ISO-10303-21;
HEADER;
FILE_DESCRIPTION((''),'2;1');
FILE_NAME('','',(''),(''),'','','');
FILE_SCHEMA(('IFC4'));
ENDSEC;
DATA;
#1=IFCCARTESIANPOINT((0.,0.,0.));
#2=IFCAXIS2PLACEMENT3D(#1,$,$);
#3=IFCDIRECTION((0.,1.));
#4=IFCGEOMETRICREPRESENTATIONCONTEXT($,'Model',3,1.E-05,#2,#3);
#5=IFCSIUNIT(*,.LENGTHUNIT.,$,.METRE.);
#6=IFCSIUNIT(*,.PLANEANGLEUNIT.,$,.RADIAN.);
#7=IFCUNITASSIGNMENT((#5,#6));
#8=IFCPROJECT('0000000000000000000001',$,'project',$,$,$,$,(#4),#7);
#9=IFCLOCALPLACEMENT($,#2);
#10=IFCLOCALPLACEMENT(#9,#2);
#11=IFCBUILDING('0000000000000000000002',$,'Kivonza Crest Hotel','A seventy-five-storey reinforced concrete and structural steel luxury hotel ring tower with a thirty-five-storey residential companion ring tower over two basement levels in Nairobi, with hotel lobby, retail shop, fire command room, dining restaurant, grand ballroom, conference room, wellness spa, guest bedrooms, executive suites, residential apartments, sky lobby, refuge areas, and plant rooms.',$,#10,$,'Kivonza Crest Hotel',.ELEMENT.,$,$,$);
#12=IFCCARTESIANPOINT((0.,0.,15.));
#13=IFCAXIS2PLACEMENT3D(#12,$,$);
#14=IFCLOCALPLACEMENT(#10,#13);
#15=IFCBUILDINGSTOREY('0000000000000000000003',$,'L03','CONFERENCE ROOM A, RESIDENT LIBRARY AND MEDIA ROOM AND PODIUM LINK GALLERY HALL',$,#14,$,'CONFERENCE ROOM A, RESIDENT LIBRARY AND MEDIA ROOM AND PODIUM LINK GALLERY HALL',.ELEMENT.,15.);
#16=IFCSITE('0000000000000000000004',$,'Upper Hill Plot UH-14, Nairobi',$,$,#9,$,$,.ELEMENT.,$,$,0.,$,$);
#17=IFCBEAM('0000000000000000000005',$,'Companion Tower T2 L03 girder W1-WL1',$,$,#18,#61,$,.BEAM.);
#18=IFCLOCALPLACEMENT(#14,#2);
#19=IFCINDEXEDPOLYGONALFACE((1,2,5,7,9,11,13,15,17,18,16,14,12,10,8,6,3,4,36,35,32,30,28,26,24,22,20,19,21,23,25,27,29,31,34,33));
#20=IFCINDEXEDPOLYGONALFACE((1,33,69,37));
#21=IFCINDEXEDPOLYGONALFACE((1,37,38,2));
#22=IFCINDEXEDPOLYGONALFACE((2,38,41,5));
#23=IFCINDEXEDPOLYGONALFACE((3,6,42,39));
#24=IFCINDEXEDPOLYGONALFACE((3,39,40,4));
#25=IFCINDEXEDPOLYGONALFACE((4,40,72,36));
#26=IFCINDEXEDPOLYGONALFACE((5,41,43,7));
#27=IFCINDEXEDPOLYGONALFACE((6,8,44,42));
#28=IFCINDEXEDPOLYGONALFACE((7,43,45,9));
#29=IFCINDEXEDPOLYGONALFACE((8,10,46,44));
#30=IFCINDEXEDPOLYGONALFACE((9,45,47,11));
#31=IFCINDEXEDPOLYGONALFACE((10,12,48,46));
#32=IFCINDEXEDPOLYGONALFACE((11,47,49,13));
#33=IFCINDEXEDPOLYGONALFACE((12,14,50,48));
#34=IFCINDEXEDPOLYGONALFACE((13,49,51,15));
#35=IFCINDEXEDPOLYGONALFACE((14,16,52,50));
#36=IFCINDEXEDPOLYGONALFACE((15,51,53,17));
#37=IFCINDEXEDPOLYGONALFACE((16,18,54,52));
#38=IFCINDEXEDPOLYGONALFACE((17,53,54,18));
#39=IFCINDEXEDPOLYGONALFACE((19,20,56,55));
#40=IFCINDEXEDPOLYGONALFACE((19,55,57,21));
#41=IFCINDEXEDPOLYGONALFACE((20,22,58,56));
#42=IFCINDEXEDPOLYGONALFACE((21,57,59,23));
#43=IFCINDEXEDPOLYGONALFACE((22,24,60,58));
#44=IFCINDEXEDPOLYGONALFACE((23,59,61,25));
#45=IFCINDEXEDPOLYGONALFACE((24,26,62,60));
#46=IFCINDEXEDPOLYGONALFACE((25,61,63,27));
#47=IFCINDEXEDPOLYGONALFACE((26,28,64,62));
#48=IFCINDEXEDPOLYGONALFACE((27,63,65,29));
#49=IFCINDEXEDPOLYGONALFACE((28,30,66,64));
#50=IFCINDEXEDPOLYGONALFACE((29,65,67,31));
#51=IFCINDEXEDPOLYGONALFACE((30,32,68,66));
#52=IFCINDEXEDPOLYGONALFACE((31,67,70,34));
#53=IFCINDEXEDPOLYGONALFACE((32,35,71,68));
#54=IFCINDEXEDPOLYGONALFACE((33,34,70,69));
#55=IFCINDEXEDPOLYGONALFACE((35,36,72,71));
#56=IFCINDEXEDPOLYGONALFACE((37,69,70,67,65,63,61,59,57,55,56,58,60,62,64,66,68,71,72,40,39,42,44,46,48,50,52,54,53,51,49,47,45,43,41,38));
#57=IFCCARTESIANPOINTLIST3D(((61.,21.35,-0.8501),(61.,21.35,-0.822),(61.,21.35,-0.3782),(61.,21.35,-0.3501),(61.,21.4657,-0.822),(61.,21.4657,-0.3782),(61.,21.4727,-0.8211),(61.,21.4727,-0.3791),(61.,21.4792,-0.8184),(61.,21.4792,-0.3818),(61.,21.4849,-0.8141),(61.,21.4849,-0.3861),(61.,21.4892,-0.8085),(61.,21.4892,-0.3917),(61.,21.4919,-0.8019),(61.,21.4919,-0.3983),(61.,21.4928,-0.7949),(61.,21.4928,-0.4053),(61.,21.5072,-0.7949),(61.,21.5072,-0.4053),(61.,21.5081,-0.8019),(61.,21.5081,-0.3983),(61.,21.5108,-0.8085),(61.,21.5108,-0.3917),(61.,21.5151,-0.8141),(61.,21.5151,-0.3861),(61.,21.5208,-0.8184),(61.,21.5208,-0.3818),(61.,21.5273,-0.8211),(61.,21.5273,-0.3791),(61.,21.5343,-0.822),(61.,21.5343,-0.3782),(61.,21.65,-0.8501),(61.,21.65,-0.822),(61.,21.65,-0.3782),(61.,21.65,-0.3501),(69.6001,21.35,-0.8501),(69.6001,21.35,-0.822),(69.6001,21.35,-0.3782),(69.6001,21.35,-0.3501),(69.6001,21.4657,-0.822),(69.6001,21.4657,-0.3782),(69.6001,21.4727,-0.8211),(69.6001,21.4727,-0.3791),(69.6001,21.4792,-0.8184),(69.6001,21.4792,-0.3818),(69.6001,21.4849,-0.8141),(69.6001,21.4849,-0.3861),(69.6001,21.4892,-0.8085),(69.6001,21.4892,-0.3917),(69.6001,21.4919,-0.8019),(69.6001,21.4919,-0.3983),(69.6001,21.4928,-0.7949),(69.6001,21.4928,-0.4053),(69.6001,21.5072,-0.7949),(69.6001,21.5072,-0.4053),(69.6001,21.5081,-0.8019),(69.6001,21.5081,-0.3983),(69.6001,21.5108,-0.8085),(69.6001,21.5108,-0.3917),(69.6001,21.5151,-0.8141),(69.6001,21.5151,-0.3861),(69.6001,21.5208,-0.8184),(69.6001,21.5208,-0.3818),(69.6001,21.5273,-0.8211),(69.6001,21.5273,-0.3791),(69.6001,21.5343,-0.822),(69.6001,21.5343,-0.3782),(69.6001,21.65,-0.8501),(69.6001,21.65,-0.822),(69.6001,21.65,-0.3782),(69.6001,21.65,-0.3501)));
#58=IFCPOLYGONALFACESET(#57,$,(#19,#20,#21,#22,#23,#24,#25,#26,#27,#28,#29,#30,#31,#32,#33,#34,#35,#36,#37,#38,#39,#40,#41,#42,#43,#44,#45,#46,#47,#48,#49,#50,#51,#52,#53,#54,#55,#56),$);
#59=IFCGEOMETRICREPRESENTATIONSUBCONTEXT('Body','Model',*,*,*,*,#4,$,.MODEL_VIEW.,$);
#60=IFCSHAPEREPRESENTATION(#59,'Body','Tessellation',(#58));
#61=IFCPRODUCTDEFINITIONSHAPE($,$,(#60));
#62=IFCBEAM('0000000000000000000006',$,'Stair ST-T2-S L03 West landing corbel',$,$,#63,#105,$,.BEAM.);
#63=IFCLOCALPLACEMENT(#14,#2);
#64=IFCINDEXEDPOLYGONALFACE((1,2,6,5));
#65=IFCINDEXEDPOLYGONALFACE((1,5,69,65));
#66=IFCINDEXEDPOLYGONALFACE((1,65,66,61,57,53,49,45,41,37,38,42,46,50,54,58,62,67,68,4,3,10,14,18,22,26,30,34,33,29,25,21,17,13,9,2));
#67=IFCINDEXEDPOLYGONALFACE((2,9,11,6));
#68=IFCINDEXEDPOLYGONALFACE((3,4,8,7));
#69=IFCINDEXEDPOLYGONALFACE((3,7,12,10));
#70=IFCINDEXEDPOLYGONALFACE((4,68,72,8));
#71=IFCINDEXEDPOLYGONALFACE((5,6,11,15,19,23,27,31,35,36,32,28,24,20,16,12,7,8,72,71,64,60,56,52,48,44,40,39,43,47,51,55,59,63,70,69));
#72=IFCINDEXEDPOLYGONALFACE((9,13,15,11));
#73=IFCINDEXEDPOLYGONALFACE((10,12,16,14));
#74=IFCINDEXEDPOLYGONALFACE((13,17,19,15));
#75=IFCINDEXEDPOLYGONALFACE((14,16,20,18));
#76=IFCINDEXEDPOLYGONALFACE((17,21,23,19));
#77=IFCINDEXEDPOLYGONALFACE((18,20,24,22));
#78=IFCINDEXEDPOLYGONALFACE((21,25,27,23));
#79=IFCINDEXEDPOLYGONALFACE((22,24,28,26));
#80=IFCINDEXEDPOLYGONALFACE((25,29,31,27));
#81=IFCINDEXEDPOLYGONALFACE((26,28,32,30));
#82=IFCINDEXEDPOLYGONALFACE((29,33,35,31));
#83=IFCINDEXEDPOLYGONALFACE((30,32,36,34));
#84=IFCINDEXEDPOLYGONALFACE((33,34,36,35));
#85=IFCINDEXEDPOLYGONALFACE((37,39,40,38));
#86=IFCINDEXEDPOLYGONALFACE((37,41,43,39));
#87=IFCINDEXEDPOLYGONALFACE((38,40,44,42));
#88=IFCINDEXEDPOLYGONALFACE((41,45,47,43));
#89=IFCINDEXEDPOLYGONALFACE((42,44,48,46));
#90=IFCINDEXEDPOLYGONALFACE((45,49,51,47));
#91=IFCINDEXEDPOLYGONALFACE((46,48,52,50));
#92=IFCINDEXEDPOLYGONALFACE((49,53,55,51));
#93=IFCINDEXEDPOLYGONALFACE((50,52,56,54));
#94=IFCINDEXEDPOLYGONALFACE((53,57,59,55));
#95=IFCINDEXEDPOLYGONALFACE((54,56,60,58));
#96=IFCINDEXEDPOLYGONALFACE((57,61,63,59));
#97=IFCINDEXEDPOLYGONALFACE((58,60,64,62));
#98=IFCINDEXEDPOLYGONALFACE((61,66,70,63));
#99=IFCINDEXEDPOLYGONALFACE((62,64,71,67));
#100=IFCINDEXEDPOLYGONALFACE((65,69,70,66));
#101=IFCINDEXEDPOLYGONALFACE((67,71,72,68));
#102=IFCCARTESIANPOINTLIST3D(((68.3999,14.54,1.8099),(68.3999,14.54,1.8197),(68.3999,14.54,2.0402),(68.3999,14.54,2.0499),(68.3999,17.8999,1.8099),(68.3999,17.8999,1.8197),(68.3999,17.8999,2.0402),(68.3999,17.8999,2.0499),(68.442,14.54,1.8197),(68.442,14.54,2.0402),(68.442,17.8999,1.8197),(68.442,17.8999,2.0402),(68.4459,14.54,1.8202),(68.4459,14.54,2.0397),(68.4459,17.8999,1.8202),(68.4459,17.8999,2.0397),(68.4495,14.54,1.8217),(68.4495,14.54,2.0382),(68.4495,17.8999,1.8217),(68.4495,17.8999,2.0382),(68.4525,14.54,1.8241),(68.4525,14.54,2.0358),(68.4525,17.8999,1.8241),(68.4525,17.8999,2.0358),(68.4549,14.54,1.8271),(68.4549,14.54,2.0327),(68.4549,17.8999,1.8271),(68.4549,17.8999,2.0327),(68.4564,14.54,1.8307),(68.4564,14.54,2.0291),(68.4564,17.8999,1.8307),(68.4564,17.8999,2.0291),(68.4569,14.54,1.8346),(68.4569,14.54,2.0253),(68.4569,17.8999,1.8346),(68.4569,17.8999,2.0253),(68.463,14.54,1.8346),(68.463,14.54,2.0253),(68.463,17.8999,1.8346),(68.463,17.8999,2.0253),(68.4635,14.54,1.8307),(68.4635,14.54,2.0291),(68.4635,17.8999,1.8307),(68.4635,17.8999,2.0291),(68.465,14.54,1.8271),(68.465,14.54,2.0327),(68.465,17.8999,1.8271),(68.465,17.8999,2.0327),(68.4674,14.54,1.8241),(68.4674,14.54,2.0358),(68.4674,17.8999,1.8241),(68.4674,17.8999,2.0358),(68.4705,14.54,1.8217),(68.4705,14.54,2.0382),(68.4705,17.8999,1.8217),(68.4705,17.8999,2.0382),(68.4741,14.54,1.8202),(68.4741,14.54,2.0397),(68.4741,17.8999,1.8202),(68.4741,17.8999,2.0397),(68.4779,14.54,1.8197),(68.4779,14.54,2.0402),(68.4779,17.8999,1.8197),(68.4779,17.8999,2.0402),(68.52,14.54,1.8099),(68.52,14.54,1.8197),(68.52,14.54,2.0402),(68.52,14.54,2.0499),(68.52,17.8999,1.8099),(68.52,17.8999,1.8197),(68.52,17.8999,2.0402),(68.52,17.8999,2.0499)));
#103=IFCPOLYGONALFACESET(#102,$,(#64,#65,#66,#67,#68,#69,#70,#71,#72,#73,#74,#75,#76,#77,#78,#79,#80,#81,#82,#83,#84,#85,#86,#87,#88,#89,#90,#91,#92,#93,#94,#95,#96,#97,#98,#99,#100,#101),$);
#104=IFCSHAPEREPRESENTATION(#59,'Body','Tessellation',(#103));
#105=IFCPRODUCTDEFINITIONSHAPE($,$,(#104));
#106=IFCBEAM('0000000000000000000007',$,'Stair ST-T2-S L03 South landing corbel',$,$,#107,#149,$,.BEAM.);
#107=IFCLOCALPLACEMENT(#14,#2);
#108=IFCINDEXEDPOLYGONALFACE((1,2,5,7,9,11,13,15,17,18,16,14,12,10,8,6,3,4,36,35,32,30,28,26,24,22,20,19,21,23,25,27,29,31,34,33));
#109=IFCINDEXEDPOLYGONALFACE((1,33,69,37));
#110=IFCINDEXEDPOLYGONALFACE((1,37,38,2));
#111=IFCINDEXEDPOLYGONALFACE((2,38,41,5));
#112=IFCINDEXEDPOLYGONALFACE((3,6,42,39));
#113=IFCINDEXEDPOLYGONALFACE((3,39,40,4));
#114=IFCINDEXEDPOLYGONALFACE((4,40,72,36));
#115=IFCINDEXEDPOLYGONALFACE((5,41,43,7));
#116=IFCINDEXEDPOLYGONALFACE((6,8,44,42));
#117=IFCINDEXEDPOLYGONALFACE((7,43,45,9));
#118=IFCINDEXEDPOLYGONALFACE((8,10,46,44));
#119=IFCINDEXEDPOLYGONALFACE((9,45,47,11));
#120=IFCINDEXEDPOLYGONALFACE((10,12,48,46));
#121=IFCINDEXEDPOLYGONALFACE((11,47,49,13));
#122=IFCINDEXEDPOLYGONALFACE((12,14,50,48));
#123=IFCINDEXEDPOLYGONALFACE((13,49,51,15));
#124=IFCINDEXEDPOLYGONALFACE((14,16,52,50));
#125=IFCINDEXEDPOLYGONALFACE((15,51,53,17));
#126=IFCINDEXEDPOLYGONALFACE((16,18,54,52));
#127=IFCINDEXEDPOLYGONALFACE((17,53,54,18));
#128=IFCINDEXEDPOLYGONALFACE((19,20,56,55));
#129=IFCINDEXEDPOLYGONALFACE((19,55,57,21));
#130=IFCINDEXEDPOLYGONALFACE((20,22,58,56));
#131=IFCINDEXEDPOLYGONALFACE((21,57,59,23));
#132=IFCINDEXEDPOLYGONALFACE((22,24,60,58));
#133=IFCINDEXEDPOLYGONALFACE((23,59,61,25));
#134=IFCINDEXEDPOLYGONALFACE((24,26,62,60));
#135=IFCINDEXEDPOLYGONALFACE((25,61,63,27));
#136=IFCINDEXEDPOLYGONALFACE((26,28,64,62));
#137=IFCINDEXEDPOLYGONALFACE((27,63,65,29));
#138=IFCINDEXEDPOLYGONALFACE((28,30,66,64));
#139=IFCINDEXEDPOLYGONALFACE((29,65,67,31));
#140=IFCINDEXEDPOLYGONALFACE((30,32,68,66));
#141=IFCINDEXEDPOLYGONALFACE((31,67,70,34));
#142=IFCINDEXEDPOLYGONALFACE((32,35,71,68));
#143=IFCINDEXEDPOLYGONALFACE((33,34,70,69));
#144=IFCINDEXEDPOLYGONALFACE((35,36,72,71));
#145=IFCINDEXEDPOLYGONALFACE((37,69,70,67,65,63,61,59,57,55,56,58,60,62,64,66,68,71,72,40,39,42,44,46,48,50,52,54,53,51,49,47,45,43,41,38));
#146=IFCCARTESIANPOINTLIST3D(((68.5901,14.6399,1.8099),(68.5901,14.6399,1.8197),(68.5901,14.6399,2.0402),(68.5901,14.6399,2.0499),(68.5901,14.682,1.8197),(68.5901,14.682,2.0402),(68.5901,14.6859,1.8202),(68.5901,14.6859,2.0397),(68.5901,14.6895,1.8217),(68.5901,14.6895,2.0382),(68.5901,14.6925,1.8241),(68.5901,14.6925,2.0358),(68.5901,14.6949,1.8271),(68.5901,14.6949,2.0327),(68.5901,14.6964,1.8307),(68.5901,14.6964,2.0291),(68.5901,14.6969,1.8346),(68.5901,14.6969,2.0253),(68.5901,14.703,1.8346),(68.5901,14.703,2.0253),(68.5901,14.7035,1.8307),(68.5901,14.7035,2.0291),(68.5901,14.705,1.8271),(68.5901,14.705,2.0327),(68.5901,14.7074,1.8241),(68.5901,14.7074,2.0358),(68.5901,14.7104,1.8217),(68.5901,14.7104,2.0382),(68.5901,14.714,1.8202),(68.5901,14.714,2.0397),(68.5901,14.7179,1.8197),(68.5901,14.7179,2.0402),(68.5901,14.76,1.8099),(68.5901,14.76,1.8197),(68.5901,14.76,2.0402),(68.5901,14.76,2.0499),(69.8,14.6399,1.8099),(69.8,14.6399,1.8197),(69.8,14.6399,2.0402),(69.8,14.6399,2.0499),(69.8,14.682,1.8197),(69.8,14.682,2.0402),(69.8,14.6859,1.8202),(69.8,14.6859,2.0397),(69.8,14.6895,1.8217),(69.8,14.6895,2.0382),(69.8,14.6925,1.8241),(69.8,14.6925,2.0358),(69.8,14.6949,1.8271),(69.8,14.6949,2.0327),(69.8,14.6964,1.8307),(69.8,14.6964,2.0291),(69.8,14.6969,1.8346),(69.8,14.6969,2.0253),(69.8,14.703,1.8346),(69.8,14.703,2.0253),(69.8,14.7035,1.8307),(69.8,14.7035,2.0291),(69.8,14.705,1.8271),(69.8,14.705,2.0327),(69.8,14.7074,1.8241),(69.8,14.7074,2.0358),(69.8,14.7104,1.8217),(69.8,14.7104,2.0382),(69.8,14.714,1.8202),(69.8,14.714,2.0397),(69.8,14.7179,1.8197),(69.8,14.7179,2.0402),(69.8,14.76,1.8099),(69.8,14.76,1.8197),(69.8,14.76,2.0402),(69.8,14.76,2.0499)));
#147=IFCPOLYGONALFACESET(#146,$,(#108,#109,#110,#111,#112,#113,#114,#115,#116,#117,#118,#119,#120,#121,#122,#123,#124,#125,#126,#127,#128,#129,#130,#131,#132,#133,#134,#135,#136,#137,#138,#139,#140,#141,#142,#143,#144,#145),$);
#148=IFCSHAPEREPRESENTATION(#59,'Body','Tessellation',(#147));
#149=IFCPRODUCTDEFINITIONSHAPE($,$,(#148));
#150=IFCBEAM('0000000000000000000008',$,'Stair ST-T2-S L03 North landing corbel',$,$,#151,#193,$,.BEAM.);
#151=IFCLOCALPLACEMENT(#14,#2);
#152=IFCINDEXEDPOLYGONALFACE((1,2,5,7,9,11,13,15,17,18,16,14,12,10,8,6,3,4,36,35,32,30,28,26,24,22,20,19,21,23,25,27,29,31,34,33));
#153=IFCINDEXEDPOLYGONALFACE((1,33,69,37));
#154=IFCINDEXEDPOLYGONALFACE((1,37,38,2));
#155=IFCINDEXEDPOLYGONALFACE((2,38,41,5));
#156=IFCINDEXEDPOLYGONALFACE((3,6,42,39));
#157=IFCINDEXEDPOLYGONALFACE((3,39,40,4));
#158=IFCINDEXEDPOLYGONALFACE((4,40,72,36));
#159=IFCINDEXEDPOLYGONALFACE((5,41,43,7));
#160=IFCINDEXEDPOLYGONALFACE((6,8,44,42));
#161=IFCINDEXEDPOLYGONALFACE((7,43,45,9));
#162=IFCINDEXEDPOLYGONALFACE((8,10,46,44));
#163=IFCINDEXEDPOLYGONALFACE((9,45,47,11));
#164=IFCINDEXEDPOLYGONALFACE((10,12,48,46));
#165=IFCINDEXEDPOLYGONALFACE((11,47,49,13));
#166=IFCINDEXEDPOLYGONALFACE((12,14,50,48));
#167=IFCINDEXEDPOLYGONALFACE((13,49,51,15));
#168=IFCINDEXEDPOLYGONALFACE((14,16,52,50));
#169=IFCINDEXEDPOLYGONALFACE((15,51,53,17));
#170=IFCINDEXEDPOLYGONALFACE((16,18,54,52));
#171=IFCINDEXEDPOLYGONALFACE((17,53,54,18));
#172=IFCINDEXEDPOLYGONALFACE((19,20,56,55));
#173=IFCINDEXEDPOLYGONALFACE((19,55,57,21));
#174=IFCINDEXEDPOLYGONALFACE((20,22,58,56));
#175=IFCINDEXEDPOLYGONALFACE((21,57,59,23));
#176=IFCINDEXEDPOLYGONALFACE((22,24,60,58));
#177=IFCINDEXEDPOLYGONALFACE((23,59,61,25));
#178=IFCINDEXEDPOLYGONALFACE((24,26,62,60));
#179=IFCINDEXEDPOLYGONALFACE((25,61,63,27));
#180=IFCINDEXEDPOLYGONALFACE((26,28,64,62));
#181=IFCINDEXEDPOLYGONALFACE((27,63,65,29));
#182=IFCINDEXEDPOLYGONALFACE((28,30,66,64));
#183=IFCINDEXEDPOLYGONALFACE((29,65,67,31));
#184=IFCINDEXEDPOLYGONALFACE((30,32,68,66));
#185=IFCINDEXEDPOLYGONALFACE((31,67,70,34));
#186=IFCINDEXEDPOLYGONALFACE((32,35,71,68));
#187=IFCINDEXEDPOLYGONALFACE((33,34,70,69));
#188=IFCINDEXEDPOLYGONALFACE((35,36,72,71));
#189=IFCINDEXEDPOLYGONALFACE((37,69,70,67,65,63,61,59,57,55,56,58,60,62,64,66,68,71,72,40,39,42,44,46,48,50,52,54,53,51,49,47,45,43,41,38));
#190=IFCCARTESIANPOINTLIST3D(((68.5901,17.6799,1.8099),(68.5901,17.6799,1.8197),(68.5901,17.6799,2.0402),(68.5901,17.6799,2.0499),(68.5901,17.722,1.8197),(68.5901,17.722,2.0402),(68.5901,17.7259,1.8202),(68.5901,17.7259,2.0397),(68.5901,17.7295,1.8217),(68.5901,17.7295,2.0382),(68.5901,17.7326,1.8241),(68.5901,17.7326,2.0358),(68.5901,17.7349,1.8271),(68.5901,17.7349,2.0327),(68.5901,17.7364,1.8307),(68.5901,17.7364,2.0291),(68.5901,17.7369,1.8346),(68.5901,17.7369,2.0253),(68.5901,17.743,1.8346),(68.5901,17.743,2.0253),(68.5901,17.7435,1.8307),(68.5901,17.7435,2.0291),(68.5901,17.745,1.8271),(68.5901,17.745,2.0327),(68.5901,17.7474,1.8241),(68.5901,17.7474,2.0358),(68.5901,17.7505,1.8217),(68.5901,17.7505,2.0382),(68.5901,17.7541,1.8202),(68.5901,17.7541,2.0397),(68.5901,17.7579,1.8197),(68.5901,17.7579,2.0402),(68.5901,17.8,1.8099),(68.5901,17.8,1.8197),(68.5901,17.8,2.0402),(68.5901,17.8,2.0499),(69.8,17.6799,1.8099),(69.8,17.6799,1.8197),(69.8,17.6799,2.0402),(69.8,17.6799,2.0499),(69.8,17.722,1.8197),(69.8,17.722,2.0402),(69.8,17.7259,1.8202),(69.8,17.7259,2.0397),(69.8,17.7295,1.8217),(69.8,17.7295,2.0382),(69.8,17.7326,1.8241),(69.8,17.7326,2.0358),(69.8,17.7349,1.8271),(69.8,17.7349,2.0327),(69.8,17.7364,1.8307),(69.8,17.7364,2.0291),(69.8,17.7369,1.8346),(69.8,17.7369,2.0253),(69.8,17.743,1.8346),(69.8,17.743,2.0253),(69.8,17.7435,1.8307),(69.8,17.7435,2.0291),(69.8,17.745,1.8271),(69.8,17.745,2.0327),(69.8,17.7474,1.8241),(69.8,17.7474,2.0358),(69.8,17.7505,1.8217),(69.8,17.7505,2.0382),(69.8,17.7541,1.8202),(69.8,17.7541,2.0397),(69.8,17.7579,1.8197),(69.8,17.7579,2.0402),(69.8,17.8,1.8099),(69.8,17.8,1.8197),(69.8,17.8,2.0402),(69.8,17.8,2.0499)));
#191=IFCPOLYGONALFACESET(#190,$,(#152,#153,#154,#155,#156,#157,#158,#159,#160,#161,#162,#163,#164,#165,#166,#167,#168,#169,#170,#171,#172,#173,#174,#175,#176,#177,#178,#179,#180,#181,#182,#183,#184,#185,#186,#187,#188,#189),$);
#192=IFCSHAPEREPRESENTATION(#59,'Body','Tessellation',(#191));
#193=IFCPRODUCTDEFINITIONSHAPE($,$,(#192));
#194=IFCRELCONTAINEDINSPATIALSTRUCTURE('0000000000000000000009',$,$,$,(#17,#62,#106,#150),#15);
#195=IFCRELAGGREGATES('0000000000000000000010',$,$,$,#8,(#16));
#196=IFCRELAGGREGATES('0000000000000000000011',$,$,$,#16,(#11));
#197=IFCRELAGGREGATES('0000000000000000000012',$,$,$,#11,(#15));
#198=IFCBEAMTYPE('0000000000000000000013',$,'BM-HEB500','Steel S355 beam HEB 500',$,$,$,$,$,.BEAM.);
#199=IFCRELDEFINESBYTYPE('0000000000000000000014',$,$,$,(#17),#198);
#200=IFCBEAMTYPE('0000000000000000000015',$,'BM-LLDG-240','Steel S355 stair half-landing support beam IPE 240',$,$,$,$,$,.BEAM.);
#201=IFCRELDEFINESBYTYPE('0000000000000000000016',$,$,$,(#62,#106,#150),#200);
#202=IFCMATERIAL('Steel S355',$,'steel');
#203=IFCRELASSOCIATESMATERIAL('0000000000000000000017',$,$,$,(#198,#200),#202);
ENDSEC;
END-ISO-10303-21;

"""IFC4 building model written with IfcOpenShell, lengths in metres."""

from ifc_helpers import new_model, si_unit, direction, frame, origin, origin_2d, place, context, subcontext, project, spatial, i_section, extrude, material, material_profile, profile_set, type_object, element, save


model = new_model("IFC4")

# Units and contexts
model_context = context("Model", 3, precision=1e-05, world=origin(), true_north=direction((0.0, 1.0)))
body_context = subcontext(model_context, "Body", "Model", "MODEL_VIEW")
ifc_project = project(units=[si_unit("LENGTHUNIT", "METRE"), si_unit("PLANEANGLEUNIT", "RADIAN")], contexts=[model_context])

# Site, building, storey
site_placement = place(None, origin())
site = spatial("IfcSite", under=ifc_project, at=site_placement, Name="Upper Hill Plot UH-14, Nairobi", CompositionType="ELEMENT", RefElevation=0.0)
building_placement = place(site_placement, origin())
building = spatial("IfcBuilding", under=site, at=building_placement, Name="Kivonza Crest Hotel", Description="A seventy-five-storey reinforced concrete and structural steel luxury hotel ring tower with a thirty-five-storey residential companion ring tower over two basement levels in Nairobi, with hotel lobby, retail shop, fire command room, dining restaurant, grand ballroom, conference room, wellness spa, guest bedrooms, executive suites, residential apartments, sky lobby, refuge areas, and plant rooms.", LongName="Kivonza Crest Hotel", CompositionType="ELEMENT")
storey_placement = place(building_placement, frame((0.0, 0.0, 15.0)))
storey = spatial("IfcBuildingStorey", under=building, at=storey_placement, Name="L03", Description="CONFERENCE ROOM A, RESIDENT LIBRARY AND MEDIA ROOM AND PODIUM LINK GALLERY HALL", LongName="CONFERENCE ROOM A, RESIDENT LIBRARY AND MEDIA ROOM AND PODIUM LINK GALLERY HALL", CompositionType="ELEMENT", Elevation=15.0)

# Beams
ifc_material_1 = material(Name="Steel S355", Category="steel")
ifc_material_profile_1 = material_profile(ifc_material_1, i_section(OverallWidth=0.3, OverallDepth=0.5, WebThickness=0.0144, FlangeThickness=0.0281, FilletRadius=0.0271, at=origin_2d()), Name="HEB 500")
ifc_profile_set_1 = profile_set([ifc_material_profile_1], Name="Steel S355")
beam_type_1 = type_object("IfcBeamType", Name="BM-HEB500", Description="Steel S355 beam HEB 500", PredefinedType="BEAM", material=ifc_profile_set_1)
beam_1_placement = place(storey_placement, frame((61.0, 21.5, -0.6001), z_axis=(1.0, 0.0, 0.0), x_axis=(0.0, 1.0, 0.0)))
element("IfcBeam", 1, at=beam_1_placement, inside=storey, type_object=beam_type_1, Name="Companion Tower T2 L03 girder W1-WL1", PredefinedType="BEAM", context=body_context, shape_type="SweptSolid", body=[
    extrude(i_section(OverallWidth=0.3, OverallDepth=0.5, WebThickness=0.0144, FlangeThickness=0.0281, FilletRadius=0.0271, at=origin_2d()), origin(), (0.0, 0.0, 1.0), 8.6001),
])
ifc_material_profile_2 = material_profile(ifc_material_1, i_section(OverallWidth=0.1201, OverallDepth=0.24, WebThickness=0.0061, FlangeThickness=0.0098, FilletRadius=0.0149, at=origin_2d()), Name="IPE 240")
ifc_profile_set_2 = profile_set([ifc_material_profile_2], Name="Steel S355")
beam_type_2 = type_object("IfcBeamType", Name="BM-LLDG-240", Description="Steel S355 stair half-landing support beam IPE 240", PredefinedType="BEAM", material=ifc_profile_set_2)
beam_2_placement = place(storey_placement, frame((68.46, 14.54, 1.9299), z_axis=(0.0, 1.0, 0.0), x_axis=(-1.0, 0.0, 0.0)))
element("IfcBeam", 2, at=beam_2_placement, inside=storey, type_object=beam_type_2, Name="Stair ST-T2-S L03 West landing corbel", PredefinedType="BEAM", context=body_context, shape_type="SweptSolid", body=[
    extrude(i_section(OverallWidth=0.1201, OverallDepth=0.24, WebThickness=0.0061, FlangeThickness=0.0098, FilletRadius=0.0149, at=origin_2d()), origin(), (0.0, 0.0, 1.0), 3.3599),
])
for number, where, z_axis, x_axis, name in (
    (3, (68.5901, 14.7, 1.9299), (1.0, 0.0, 0.0), (0.0, 1.0, 0.0), "Stair ST-T2-S L03 South landing corbel"),
    (4, (68.5901, 17.74, 1.9299), (1.0, 0.0, 0.0), (0.0, 1.0, 0.0), "Stair ST-T2-S L03 North landing corbel"),
):
    element("IfcBeam", number, at=place(storey_placement, frame(where, z_axis=z_axis, x_axis=x_axis)), inside=storey, type_object=beam_type_2, Name=name, PredefinedType="BEAM", context=body_context, shape_type="SweptSolid", body=[
        extrude(i_section(OverallWidth=0.1201, OverallDepth=0.24, WebThickness=0.0061, FlangeThickness=0.0098, FilletRadius=0.0149, at=origin_2d()), origin(), (0.0, 0.0, 1.0), 1.21),
    ])

save(model, "model.ifc")
